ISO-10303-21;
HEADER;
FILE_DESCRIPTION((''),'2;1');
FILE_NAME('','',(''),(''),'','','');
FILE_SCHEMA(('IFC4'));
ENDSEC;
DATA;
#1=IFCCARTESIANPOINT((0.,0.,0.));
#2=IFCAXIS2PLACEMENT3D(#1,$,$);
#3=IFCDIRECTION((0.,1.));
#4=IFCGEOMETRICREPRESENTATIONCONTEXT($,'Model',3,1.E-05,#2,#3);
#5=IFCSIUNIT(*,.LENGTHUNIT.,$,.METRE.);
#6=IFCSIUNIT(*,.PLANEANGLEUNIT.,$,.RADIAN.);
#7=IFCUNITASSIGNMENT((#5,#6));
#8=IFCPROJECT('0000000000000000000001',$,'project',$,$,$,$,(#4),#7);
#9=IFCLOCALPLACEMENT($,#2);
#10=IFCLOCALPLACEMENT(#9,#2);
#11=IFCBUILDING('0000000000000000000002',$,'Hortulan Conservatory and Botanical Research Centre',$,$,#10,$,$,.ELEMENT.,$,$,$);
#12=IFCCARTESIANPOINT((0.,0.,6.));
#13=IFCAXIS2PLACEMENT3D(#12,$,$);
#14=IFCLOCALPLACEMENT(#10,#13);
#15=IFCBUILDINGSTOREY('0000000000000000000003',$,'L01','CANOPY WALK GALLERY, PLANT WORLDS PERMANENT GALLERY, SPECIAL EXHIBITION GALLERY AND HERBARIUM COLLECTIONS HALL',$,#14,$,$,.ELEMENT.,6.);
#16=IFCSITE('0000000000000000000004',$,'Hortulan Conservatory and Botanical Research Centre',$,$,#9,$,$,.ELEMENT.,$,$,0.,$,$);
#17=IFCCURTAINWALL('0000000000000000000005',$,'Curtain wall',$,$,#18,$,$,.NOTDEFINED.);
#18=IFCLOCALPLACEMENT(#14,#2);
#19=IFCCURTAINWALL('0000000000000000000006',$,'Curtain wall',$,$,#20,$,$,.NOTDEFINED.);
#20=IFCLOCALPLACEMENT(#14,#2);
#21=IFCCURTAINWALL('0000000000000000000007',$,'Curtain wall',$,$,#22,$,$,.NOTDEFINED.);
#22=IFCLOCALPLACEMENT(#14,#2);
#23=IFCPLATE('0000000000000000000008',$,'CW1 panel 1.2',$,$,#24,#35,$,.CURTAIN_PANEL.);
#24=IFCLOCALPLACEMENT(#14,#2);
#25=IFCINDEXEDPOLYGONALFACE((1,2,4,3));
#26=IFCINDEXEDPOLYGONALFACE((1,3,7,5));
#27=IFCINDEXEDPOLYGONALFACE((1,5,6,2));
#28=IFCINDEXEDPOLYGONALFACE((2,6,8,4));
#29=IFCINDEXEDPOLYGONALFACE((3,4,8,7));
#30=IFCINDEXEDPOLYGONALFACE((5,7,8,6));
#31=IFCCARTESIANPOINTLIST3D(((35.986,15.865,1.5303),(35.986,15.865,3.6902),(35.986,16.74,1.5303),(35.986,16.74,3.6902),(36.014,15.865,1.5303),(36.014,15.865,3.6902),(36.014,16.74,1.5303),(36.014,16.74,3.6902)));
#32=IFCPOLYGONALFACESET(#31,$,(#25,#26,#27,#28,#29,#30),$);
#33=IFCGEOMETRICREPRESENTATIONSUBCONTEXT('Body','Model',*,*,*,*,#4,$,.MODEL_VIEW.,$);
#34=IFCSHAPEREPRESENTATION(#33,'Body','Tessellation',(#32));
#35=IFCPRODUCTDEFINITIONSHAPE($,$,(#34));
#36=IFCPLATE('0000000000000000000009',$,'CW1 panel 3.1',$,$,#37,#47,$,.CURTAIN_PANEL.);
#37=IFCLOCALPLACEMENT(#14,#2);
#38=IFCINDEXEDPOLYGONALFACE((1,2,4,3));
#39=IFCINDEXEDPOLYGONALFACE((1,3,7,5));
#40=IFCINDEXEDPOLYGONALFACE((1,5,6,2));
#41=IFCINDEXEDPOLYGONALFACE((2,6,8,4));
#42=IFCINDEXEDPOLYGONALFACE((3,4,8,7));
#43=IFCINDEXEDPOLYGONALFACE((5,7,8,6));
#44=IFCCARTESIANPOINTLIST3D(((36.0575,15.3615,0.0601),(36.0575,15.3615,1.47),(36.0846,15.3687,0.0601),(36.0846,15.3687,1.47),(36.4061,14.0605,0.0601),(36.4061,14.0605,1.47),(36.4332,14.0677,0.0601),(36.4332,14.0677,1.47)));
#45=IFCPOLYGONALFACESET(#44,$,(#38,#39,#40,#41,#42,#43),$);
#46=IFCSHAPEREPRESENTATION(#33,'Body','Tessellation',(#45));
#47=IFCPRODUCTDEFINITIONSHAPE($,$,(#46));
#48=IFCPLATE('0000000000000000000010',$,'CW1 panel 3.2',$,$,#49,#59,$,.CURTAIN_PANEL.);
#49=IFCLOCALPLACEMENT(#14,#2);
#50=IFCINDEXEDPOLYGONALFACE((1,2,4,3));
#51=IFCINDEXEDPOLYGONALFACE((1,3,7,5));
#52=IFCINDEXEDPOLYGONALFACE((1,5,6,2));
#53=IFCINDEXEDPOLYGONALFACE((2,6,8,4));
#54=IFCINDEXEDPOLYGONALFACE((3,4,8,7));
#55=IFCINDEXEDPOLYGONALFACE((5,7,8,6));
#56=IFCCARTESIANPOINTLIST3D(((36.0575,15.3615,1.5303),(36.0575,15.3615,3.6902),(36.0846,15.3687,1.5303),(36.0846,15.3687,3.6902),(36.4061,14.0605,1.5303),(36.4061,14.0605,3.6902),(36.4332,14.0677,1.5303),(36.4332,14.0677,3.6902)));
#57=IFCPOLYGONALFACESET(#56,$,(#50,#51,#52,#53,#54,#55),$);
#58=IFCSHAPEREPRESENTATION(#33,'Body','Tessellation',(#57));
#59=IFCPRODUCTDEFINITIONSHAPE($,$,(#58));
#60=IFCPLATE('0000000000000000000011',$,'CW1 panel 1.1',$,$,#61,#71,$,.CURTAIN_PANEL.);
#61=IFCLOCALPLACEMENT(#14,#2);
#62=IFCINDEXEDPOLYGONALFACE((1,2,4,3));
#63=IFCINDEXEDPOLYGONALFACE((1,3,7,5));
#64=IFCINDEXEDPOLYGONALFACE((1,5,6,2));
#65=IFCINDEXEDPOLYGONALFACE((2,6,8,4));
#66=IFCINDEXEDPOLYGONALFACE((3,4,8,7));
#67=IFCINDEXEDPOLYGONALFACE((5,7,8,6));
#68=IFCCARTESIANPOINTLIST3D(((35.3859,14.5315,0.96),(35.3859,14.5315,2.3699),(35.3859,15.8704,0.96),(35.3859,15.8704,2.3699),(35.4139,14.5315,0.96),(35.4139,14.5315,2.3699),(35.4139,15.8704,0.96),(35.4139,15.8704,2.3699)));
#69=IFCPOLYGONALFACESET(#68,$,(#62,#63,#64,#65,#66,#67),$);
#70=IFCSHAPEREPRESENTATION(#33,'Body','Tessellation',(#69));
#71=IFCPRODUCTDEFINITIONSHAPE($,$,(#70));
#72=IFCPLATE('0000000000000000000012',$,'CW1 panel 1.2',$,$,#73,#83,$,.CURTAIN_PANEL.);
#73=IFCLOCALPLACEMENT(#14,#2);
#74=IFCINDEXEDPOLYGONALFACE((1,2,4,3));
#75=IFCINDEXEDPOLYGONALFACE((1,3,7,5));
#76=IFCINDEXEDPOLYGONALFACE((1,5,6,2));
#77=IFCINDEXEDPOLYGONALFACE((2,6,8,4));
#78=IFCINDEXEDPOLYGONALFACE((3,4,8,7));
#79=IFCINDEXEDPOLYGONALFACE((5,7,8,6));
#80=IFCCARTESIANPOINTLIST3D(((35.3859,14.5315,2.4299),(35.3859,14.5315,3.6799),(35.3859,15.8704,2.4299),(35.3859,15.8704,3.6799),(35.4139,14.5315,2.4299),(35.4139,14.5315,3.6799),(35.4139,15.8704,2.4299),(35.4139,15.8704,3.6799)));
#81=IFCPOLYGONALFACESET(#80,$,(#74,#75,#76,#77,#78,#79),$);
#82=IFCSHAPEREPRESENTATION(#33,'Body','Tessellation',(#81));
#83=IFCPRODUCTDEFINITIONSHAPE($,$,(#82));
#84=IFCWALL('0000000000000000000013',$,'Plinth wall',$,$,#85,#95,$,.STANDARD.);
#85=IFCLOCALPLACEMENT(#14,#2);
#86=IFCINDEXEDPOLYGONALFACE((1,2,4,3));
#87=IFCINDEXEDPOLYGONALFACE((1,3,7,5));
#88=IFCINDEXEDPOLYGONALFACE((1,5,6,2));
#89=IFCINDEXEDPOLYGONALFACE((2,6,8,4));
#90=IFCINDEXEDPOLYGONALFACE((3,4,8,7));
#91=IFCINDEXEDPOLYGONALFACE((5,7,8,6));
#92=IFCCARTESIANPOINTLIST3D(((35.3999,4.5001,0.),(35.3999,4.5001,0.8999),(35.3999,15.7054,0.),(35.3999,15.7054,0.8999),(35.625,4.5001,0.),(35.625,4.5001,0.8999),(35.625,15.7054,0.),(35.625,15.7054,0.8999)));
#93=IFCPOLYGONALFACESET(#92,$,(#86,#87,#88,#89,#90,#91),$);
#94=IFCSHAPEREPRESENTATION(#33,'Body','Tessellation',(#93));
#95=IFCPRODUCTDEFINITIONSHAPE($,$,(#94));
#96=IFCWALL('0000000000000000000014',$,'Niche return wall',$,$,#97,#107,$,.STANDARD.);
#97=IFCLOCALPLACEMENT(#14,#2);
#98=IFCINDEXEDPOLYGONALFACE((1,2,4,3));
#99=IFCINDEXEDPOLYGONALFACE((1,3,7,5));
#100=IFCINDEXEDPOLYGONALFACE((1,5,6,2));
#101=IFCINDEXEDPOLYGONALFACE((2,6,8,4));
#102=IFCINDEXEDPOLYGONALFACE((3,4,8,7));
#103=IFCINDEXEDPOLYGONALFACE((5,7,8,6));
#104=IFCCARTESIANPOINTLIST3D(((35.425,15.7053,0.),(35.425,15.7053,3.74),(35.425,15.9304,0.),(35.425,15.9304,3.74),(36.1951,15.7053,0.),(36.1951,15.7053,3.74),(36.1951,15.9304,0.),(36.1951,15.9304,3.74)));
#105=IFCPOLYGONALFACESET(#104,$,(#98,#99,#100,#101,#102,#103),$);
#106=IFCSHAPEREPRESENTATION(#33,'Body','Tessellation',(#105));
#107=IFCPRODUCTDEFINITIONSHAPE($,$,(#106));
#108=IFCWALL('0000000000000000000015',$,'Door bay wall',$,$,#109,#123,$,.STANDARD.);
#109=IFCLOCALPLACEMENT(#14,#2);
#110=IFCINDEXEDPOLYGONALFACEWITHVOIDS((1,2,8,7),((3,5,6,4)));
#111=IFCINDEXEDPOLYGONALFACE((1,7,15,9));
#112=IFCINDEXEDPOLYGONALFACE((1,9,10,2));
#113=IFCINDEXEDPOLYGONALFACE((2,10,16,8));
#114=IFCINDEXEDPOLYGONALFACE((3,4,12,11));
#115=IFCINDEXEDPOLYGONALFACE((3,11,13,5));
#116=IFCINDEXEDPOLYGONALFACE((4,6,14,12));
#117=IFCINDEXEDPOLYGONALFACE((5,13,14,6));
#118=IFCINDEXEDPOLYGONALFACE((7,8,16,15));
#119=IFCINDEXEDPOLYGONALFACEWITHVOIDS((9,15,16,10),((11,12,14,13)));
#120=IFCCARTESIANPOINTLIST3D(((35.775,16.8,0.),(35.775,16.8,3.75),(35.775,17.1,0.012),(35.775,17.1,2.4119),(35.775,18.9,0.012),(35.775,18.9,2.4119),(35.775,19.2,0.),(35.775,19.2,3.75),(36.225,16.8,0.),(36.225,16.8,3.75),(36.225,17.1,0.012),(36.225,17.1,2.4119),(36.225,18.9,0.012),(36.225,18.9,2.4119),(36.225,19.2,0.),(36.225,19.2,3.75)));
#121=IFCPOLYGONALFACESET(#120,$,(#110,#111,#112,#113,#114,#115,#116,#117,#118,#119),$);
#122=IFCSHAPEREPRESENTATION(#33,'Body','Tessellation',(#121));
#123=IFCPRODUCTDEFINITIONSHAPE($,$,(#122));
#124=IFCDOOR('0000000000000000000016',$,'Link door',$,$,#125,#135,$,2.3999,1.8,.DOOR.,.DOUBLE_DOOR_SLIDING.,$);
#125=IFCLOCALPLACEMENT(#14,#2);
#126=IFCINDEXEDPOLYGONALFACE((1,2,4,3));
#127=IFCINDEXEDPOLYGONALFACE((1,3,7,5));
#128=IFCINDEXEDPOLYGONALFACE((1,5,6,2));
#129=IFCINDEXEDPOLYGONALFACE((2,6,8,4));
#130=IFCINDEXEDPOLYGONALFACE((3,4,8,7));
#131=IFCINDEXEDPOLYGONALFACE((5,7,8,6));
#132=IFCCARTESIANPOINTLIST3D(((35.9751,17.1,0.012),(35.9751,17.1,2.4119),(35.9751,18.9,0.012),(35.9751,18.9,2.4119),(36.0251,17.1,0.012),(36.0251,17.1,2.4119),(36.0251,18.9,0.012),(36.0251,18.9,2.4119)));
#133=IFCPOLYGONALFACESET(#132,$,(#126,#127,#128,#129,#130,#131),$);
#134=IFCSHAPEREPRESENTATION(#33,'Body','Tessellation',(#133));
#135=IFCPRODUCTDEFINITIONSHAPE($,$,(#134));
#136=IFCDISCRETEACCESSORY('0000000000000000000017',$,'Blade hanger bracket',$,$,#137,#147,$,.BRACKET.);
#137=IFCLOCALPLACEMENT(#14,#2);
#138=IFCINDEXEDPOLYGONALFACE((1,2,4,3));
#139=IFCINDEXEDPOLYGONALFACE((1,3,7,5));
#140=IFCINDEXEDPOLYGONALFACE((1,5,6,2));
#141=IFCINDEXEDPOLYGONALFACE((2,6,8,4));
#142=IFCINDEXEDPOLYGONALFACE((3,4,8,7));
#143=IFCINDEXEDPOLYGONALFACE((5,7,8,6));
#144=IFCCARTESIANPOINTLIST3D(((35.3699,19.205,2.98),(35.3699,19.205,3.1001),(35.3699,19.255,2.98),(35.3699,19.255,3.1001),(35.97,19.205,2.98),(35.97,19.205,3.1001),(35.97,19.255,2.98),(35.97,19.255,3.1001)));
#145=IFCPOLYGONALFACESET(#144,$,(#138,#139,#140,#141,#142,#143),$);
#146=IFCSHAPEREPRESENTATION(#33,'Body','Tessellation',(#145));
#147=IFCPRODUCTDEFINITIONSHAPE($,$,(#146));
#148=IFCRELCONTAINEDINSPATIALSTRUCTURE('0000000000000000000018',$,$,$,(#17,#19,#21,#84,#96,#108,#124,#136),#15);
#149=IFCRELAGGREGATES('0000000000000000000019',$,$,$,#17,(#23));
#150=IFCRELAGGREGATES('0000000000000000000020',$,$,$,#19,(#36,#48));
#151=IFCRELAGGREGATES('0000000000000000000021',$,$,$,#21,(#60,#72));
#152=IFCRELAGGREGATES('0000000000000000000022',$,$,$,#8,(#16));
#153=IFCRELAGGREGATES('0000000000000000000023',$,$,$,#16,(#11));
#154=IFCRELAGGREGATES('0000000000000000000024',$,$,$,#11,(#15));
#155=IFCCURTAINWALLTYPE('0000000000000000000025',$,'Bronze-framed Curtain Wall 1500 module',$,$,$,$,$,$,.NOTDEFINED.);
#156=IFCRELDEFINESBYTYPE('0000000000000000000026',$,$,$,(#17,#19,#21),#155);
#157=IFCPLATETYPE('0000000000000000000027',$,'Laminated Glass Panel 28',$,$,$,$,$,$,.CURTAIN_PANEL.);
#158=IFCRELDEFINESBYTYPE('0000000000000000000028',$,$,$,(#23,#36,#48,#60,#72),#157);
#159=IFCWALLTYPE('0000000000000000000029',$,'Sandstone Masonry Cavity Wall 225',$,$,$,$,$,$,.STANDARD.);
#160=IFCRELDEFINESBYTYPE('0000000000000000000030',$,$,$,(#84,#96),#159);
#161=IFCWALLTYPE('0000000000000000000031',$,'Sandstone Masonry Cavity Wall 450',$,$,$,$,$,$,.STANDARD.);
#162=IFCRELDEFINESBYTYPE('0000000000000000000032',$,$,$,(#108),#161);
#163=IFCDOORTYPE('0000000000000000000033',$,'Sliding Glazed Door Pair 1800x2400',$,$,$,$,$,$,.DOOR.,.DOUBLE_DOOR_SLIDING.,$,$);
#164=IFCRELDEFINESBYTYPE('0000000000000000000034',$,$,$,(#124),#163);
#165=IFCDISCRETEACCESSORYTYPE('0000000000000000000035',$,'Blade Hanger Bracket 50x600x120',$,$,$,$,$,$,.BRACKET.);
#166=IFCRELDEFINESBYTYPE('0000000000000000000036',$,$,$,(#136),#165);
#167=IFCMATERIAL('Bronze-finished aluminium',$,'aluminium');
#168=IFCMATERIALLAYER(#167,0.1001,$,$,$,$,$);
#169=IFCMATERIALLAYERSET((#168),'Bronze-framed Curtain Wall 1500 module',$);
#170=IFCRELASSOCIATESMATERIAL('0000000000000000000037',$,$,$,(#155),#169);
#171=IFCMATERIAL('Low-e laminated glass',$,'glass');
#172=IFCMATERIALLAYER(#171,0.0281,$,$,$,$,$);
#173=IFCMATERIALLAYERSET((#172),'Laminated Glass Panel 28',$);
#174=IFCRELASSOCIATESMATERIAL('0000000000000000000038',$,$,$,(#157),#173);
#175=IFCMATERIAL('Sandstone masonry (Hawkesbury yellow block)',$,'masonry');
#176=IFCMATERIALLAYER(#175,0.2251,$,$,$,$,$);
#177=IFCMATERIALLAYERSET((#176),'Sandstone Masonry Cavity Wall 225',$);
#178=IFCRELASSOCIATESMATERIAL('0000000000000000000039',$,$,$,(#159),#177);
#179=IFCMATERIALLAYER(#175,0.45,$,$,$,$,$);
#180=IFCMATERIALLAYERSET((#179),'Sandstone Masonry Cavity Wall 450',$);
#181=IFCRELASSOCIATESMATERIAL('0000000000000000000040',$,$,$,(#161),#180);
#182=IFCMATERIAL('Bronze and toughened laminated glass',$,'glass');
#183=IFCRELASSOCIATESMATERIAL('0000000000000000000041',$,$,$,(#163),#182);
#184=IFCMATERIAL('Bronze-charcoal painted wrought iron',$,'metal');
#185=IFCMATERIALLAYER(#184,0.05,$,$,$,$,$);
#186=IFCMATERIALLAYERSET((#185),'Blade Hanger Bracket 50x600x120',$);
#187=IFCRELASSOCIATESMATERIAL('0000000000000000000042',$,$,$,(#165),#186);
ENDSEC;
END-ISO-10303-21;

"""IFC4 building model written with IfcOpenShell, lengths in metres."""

from ifc_helpers import new_model, si_unit, direction, frame, frame_2d, origin, origin_2d, place, context, subcontext, project, spatial, rectangle, extrude, material, layer, layer_set, type_object, element, fill, aggregate, save


model = new_model("IFC4")

# Units and contexts
model_context = context("Model", 3, precision=1e-05, world=origin(), true_north=direction((0.0, 1.0)))
body_context = subcontext(model_context, "Body", "Model", "MODEL_VIEW")
ifc_project = project(units=[si_unit("LENGTHUNIT", "METRE"), si_unit("PLANEANGLEUNIT", "RADIAN")], contexts=[model_context])

# Site, building, storey
site_placement = place(None, origin())
site = spatial("IfcSite", under=ifc_project, at=site_placement, Name="Hortulan Conservatory and Botanical Research Centre", CompositionType="ELEMENT", RefElevation=0.0)
building_placement = place(site_placement, origin())
building = spatial("IfcBuilding", under=site, at=building_placement, Name="Hortulan Conservatory and Botanical Research Centre", CompositionType="ELEMENT")
storey_placement = place(building_placement, frame((0.0, 0.0, 6.0)))
storey = spatial("IfcBuildingStorey", under=building, at=storey_placement, Name="L01", Description="CANOPY WALK GALLERY, PLANT WORLDS PERMANENT GALLERY, SPECIAL EXHIBITION GALLERY AND HERBARIUM COLLECTIONS HALL", CompositionType="ELEMENT", Elevation=6.0)

# Curtain wall
ifc_material_1 = material(Name="Bronze-finished aluminium", Category="aluminium")
ifc_layer_1 = layer(ifc_material_1, 0.1001)
ifc_layer_set_1 = layer_set([ifc_layer_1], Name="Bronze-framed Curtain Wall 1500 module")
curtain_wall_type = type_object("IfcCurtainWallType", Name="Bronze-framed Curtain Wall 1500 module", PredefinedType="NOTDEFINED", material=ifc_layer_set_1)
curtain_wall_1_placement = place(storey_placement, origin())
curtain_wall_1 = element("IfcCurtainWall", 1, at=curtain_wall_1_placement, inside=storey, type_object=curtain_wall_type, Name="Curtain wall", PredefinedType="NOTDEFINED")

# Curtain wall
curtain_wall_2_placement = place(storey_placement, origin())
curtain_wall_2 = element("IfcCurtainWall", 2, at=curtain_wall_2_placement, inside=storey, type_object=curtain_wall_type, Name="Curtain wall", PredefinedType="NOTDEFINED")

# Curtain wall
curtain_wall_3_placement = place(storey_placement, origin())
curtain_wall_3 = element("IfcCurtainWall", 3, at=curtain_wall_3_placement, inside=storey, type_object=curtain_wall_type, Name="Curtain wall", PredefinedType="NOTDEFINED")

# Plates
ifc_material_2 = material(Name="Low-e laminated glass", Category="glass")
ifc_layer_2 = layer(ifc_material_2, 0.0281)
ifc_layer_set_2 = layer_set([ifc_layer_2], Name="Laminated Glass Panel 28")
plate_type = type_object("IfcPlateType", Name="Laminated Glass Panel 28", PredefinedType="CURTAIN_PANEL", material=ifc_layer_set_2)
plate_1_placement = place(storey_placement, frame((36.0, 16.3025, 1.5303), z_axis=(0.0, 0.0, 1.0), x_axis=(0.0, 1.0, 0.0)))
plate_1 = element("IfcPlate", 4, at=plate_1_placement, type_object=plate_type, Name="CW1 panel 1.2", PredefinedType="CURTAIN_PANEL", context=body_context, shape_type="SweptSolid", body=[
    extrude(rectangle(XDim=0.875, YDim=0.0281, at=origin_2d()), origin(), (0.0, 0.0, 1.0), 2.1599),
])
aggregate(curtain_wall_1, [plate_1])
plate_2_placement = place(storey_placement, frame((36.2454, 14.7146, 0.0601), z_axis=(0.0, 0.0, 1.0), x_axis=(-0.258832, 0.965922, 0.0)))
plate_2 = element("IfcPlate", 5, at=plate_2_placement, type_object=plate_type, Name="CW1 panel 3.1", PredefinedType="CURTAIN_PANEL", context=body_context, shape_type="SweptSolid", body=[
    extrude(rectangle(XDim=1.3469, YDim=0.0281, at=origin_2d()), origin(), (0.0, 0.0, 1.0), 1.4099),
])
plate_3_placement = place(storey_placement, frame((36.2454, 14.7146, 1.5303), z_axis=(0.0, 0.0, 1.0), x_axis=(-0.258832, 0.965922, 0.0)))
plate_3 = element("IfcPlate", 6, at=plate_3_placement, type_object=plate_type, Name="CW1 panel 3.2", PredefinedType="CURTAIN_PANEL", context=body_context, shape_type="SweptSolid", body=[
    extrude(rectangle(XDim=1.3469, YDim=0.0281, at=origin_2d()), origin(), (0.0, 0.0, 1.0), 2.1599),
])
aggregate(curtain_wall_2, [plate_2, plate_3])
plate_4_placement = place(storey_placement, frame((35.3999, 15.2009, 0.96), z_axis=(0.0, 0.0, 1.0), x_axis=(0.0, -1.0, 0.0)))
plate_4 = element("IfcPlate", 7, at=plate_4_placement, type_object=plate_type, Name="CW1 panel 1.1", PredefinedType="CURTAIN_PANEL", context=body_context, shape_type="SweptSolid", body=[
    extrude(rectangle(XDim=1.3389, YDim=0.0281, at=origin_2d()), origin(), (0.0, 0.0, 1.0), 1.4099),
])
plate_5_placement = place(storey_placement, frame((35.3999, 15.2009, 2.4299), z_axis=(0.0, 0.0, 1.0), x_axis=(0.0, -1.0, 0.0)))
plate_5 = element("IfcPlate", 8, at=plate_5_placement, type_object=plate_type, Name="CW1 panel 1.2", PredefinedType="CURTAIN_PANEL", context=body_context, shape_type="SweptSolid", body=[
    extrude(rectangle(XDim=1.3389, YDim=0.0281, at=origin_2d()), origin(), (0.0, 0.0, 1.0), 1.25),
])
aggregate(curtain_wall_3, [plate_4, plate_5])

# Walls
ifc_material_3 = material(Name="Sandstone masonry (Hawkesbury yellow block)", Category="masonry")
ifc_layer_3 = layer(ifc_material_3, 0.2251)
ifc_layer_set_3 = layer_set([ifc_layer_3], Name="Sandstone Masonry Cavity Wall 225")
wall_type_1 = type_object("IfcWallType", Name="Sandstone Masonry Cavity Wall 225", PredefinedType="STANDARD", material=ifc_layer_set_3)
wall_1_placement = place(storey_placement, frame((35.5125, 15.7053, 0.0), z_axis=(0.0, 0.0, 1.0), x_axis=(0.0, -1.0, 0.0)))
element("IfcWall", 9, at=wall_1_placement, inside=storey, type_object=wall_type_1, Name="Plinth wall", PredefinedType="STANDARD", context=body_context, shape_type="SweptSolid", body=[
    extrude(rectangle(XDim=11.2053, YDim=0.2251, at=frame_2d((5.6025, 0.0))), origin(), (0.0, 0.0, 1.0), 0.8999),
])
wall_2_placement = place(storey_placement, frame((35.425, 15.8179, 0.0), z_axis=(0.0, 0.0, 1.0), x_axis=(1.0, 0.0, 0.0)))
element("IfcWall", 10, at=wall_2_placement, inside=storey, type_object=wall_type_1, Name="Niche return wall", PredefinedType="STANDARD", context=body_context, shape_type="SweptSolid", body=[
    extrude(rectangle(XDim=0.77, YDim=0.2251, at=frame_2d((0.385, 0.0))), origin(), (0.0, 0.0, 1.0), 3.74),
])

# Wall, opening, door
ifc_layer_4 = layer(ifc_material_3, 0.45)
ifc_layer_set_4 = layer_set([ifc_layer_4], Name="Sandstone Masonry Cavity Wall 450")
wall_type_2 = type_object("IfcWallType", Name="Sandstone Masonry Cavity Wall 450", PredefinedType="STANDARD", material=ifc_layer_set_4)
wall_3_placement = place(storey_placement, frame((36.0, 16.8, 0.0), z_axis=(0.0, 0.0, 1.0), x_axis=(0.0, 1.0, 0.0)))
wall_3 = element("IfcWall", 11, at=wall_3_placement, inside=storey, type_object=wall_type_2, Name="Door bay wall", PredefinedType="STANDARD", context=body_context, shape_type="SweptSolid", body=[
    extrude(rectangle(XDim=2.3999, YDim=0.45, at=frame_2d((1.2, 0.0))), origin(), (0.0, 0.0, 1.0), 3.75),
])
opening_placement = place(wall_3_placement, frame((0.3, 0.0, 0.012)))
opening = element("IfcOpeningElement", 12, at=opening_placement, cuts=wall_3, PredefinedType="OPENING", context=body_context, shape_type="SweptSolid", body=[
    extrude(rectangle(XDim=1.8, YDim=2.3999, at=frame_2d((0.8999, 1.2))), frame((0.0, 0.2349, 0.0), z_axis=(0.0, -1.0, 0.0), x_axis=(1.0, 0.0, 0.0)), (0.0, 0.0, 1.0), 0.47),
])
ifc_material_4 = material(Name="Bronze and toughened laminated glass", Category="glass")
door_type = type_object("IfcDoorType", Name="Sliding Glazed Door Pair 1800x2400", OperationType="DOUBLE_DOOR_SLIDING", PredefinedType="DOOR", material=ifc_material_4)
door_placement = place(opening_placement, origin())
door = element("IfcDoor", 13, at=door_placement, inside=storey, type_object=door_type, Name="Link door", OperationType="DOUBLE_DOOR_SLIDING", OverallHeight=2.3999, OverallWidth=1.8, PredefinedType="DOOR", context=body_context, shape_type="SweptSolid", body=[
    extrude(rectangle(XDim=1.8, YDim=2.3999, at=frame_2d((0.8999, 1.2))), frame((0.0, 0.0249, 0.0), z_axis=(0.0, -1.0, 0.0), x_axis=(1.0, 0.0, 0.0)), (0.0, 0.0, 1.0), 0.05),
])
fill(opening, door)

# Discrete accessory
ifc_material_5 = material(Name="Bronze-charcoal painted wrought iron", Category="metal")
ifc_layer_5 = layer(ifc_material_5, 0.05)
ifc_layer_set_5 = layer_set([ifc_layer_5], Name="Blade Hanger Bracket 50x600x120")
discrete_accessory_type = type_object("IfcDiscreteAccessoryType", Name="Blade Hanger Bracket 50x600x120", PredefinedType="BRACKET", material=ifc_layer_set_5)
discrete_accessory_placement = place(storey_placement, frame((35.6699, 19.23, 2.98), z_axis=(0.0, 0.0, 1.0), x_axis=(0.0, 1.0, 0.0)))
element("IfcDiscreteAccessory", 14, at=discrete_accessory_placement, inside=storey, type_object=discrete_accessory_type, Name="Blade hanger bracket", PredefinedType="BRACKET", context=body_context, shape_type="SweptSolid", body=[
    extrude(rectangle(XDim=0.05, YDim=0.6001, at=origin_2d()), origin(), (0.0, 0.0, 1.0), 0.1201),
])

save(model, "model.ifc")
